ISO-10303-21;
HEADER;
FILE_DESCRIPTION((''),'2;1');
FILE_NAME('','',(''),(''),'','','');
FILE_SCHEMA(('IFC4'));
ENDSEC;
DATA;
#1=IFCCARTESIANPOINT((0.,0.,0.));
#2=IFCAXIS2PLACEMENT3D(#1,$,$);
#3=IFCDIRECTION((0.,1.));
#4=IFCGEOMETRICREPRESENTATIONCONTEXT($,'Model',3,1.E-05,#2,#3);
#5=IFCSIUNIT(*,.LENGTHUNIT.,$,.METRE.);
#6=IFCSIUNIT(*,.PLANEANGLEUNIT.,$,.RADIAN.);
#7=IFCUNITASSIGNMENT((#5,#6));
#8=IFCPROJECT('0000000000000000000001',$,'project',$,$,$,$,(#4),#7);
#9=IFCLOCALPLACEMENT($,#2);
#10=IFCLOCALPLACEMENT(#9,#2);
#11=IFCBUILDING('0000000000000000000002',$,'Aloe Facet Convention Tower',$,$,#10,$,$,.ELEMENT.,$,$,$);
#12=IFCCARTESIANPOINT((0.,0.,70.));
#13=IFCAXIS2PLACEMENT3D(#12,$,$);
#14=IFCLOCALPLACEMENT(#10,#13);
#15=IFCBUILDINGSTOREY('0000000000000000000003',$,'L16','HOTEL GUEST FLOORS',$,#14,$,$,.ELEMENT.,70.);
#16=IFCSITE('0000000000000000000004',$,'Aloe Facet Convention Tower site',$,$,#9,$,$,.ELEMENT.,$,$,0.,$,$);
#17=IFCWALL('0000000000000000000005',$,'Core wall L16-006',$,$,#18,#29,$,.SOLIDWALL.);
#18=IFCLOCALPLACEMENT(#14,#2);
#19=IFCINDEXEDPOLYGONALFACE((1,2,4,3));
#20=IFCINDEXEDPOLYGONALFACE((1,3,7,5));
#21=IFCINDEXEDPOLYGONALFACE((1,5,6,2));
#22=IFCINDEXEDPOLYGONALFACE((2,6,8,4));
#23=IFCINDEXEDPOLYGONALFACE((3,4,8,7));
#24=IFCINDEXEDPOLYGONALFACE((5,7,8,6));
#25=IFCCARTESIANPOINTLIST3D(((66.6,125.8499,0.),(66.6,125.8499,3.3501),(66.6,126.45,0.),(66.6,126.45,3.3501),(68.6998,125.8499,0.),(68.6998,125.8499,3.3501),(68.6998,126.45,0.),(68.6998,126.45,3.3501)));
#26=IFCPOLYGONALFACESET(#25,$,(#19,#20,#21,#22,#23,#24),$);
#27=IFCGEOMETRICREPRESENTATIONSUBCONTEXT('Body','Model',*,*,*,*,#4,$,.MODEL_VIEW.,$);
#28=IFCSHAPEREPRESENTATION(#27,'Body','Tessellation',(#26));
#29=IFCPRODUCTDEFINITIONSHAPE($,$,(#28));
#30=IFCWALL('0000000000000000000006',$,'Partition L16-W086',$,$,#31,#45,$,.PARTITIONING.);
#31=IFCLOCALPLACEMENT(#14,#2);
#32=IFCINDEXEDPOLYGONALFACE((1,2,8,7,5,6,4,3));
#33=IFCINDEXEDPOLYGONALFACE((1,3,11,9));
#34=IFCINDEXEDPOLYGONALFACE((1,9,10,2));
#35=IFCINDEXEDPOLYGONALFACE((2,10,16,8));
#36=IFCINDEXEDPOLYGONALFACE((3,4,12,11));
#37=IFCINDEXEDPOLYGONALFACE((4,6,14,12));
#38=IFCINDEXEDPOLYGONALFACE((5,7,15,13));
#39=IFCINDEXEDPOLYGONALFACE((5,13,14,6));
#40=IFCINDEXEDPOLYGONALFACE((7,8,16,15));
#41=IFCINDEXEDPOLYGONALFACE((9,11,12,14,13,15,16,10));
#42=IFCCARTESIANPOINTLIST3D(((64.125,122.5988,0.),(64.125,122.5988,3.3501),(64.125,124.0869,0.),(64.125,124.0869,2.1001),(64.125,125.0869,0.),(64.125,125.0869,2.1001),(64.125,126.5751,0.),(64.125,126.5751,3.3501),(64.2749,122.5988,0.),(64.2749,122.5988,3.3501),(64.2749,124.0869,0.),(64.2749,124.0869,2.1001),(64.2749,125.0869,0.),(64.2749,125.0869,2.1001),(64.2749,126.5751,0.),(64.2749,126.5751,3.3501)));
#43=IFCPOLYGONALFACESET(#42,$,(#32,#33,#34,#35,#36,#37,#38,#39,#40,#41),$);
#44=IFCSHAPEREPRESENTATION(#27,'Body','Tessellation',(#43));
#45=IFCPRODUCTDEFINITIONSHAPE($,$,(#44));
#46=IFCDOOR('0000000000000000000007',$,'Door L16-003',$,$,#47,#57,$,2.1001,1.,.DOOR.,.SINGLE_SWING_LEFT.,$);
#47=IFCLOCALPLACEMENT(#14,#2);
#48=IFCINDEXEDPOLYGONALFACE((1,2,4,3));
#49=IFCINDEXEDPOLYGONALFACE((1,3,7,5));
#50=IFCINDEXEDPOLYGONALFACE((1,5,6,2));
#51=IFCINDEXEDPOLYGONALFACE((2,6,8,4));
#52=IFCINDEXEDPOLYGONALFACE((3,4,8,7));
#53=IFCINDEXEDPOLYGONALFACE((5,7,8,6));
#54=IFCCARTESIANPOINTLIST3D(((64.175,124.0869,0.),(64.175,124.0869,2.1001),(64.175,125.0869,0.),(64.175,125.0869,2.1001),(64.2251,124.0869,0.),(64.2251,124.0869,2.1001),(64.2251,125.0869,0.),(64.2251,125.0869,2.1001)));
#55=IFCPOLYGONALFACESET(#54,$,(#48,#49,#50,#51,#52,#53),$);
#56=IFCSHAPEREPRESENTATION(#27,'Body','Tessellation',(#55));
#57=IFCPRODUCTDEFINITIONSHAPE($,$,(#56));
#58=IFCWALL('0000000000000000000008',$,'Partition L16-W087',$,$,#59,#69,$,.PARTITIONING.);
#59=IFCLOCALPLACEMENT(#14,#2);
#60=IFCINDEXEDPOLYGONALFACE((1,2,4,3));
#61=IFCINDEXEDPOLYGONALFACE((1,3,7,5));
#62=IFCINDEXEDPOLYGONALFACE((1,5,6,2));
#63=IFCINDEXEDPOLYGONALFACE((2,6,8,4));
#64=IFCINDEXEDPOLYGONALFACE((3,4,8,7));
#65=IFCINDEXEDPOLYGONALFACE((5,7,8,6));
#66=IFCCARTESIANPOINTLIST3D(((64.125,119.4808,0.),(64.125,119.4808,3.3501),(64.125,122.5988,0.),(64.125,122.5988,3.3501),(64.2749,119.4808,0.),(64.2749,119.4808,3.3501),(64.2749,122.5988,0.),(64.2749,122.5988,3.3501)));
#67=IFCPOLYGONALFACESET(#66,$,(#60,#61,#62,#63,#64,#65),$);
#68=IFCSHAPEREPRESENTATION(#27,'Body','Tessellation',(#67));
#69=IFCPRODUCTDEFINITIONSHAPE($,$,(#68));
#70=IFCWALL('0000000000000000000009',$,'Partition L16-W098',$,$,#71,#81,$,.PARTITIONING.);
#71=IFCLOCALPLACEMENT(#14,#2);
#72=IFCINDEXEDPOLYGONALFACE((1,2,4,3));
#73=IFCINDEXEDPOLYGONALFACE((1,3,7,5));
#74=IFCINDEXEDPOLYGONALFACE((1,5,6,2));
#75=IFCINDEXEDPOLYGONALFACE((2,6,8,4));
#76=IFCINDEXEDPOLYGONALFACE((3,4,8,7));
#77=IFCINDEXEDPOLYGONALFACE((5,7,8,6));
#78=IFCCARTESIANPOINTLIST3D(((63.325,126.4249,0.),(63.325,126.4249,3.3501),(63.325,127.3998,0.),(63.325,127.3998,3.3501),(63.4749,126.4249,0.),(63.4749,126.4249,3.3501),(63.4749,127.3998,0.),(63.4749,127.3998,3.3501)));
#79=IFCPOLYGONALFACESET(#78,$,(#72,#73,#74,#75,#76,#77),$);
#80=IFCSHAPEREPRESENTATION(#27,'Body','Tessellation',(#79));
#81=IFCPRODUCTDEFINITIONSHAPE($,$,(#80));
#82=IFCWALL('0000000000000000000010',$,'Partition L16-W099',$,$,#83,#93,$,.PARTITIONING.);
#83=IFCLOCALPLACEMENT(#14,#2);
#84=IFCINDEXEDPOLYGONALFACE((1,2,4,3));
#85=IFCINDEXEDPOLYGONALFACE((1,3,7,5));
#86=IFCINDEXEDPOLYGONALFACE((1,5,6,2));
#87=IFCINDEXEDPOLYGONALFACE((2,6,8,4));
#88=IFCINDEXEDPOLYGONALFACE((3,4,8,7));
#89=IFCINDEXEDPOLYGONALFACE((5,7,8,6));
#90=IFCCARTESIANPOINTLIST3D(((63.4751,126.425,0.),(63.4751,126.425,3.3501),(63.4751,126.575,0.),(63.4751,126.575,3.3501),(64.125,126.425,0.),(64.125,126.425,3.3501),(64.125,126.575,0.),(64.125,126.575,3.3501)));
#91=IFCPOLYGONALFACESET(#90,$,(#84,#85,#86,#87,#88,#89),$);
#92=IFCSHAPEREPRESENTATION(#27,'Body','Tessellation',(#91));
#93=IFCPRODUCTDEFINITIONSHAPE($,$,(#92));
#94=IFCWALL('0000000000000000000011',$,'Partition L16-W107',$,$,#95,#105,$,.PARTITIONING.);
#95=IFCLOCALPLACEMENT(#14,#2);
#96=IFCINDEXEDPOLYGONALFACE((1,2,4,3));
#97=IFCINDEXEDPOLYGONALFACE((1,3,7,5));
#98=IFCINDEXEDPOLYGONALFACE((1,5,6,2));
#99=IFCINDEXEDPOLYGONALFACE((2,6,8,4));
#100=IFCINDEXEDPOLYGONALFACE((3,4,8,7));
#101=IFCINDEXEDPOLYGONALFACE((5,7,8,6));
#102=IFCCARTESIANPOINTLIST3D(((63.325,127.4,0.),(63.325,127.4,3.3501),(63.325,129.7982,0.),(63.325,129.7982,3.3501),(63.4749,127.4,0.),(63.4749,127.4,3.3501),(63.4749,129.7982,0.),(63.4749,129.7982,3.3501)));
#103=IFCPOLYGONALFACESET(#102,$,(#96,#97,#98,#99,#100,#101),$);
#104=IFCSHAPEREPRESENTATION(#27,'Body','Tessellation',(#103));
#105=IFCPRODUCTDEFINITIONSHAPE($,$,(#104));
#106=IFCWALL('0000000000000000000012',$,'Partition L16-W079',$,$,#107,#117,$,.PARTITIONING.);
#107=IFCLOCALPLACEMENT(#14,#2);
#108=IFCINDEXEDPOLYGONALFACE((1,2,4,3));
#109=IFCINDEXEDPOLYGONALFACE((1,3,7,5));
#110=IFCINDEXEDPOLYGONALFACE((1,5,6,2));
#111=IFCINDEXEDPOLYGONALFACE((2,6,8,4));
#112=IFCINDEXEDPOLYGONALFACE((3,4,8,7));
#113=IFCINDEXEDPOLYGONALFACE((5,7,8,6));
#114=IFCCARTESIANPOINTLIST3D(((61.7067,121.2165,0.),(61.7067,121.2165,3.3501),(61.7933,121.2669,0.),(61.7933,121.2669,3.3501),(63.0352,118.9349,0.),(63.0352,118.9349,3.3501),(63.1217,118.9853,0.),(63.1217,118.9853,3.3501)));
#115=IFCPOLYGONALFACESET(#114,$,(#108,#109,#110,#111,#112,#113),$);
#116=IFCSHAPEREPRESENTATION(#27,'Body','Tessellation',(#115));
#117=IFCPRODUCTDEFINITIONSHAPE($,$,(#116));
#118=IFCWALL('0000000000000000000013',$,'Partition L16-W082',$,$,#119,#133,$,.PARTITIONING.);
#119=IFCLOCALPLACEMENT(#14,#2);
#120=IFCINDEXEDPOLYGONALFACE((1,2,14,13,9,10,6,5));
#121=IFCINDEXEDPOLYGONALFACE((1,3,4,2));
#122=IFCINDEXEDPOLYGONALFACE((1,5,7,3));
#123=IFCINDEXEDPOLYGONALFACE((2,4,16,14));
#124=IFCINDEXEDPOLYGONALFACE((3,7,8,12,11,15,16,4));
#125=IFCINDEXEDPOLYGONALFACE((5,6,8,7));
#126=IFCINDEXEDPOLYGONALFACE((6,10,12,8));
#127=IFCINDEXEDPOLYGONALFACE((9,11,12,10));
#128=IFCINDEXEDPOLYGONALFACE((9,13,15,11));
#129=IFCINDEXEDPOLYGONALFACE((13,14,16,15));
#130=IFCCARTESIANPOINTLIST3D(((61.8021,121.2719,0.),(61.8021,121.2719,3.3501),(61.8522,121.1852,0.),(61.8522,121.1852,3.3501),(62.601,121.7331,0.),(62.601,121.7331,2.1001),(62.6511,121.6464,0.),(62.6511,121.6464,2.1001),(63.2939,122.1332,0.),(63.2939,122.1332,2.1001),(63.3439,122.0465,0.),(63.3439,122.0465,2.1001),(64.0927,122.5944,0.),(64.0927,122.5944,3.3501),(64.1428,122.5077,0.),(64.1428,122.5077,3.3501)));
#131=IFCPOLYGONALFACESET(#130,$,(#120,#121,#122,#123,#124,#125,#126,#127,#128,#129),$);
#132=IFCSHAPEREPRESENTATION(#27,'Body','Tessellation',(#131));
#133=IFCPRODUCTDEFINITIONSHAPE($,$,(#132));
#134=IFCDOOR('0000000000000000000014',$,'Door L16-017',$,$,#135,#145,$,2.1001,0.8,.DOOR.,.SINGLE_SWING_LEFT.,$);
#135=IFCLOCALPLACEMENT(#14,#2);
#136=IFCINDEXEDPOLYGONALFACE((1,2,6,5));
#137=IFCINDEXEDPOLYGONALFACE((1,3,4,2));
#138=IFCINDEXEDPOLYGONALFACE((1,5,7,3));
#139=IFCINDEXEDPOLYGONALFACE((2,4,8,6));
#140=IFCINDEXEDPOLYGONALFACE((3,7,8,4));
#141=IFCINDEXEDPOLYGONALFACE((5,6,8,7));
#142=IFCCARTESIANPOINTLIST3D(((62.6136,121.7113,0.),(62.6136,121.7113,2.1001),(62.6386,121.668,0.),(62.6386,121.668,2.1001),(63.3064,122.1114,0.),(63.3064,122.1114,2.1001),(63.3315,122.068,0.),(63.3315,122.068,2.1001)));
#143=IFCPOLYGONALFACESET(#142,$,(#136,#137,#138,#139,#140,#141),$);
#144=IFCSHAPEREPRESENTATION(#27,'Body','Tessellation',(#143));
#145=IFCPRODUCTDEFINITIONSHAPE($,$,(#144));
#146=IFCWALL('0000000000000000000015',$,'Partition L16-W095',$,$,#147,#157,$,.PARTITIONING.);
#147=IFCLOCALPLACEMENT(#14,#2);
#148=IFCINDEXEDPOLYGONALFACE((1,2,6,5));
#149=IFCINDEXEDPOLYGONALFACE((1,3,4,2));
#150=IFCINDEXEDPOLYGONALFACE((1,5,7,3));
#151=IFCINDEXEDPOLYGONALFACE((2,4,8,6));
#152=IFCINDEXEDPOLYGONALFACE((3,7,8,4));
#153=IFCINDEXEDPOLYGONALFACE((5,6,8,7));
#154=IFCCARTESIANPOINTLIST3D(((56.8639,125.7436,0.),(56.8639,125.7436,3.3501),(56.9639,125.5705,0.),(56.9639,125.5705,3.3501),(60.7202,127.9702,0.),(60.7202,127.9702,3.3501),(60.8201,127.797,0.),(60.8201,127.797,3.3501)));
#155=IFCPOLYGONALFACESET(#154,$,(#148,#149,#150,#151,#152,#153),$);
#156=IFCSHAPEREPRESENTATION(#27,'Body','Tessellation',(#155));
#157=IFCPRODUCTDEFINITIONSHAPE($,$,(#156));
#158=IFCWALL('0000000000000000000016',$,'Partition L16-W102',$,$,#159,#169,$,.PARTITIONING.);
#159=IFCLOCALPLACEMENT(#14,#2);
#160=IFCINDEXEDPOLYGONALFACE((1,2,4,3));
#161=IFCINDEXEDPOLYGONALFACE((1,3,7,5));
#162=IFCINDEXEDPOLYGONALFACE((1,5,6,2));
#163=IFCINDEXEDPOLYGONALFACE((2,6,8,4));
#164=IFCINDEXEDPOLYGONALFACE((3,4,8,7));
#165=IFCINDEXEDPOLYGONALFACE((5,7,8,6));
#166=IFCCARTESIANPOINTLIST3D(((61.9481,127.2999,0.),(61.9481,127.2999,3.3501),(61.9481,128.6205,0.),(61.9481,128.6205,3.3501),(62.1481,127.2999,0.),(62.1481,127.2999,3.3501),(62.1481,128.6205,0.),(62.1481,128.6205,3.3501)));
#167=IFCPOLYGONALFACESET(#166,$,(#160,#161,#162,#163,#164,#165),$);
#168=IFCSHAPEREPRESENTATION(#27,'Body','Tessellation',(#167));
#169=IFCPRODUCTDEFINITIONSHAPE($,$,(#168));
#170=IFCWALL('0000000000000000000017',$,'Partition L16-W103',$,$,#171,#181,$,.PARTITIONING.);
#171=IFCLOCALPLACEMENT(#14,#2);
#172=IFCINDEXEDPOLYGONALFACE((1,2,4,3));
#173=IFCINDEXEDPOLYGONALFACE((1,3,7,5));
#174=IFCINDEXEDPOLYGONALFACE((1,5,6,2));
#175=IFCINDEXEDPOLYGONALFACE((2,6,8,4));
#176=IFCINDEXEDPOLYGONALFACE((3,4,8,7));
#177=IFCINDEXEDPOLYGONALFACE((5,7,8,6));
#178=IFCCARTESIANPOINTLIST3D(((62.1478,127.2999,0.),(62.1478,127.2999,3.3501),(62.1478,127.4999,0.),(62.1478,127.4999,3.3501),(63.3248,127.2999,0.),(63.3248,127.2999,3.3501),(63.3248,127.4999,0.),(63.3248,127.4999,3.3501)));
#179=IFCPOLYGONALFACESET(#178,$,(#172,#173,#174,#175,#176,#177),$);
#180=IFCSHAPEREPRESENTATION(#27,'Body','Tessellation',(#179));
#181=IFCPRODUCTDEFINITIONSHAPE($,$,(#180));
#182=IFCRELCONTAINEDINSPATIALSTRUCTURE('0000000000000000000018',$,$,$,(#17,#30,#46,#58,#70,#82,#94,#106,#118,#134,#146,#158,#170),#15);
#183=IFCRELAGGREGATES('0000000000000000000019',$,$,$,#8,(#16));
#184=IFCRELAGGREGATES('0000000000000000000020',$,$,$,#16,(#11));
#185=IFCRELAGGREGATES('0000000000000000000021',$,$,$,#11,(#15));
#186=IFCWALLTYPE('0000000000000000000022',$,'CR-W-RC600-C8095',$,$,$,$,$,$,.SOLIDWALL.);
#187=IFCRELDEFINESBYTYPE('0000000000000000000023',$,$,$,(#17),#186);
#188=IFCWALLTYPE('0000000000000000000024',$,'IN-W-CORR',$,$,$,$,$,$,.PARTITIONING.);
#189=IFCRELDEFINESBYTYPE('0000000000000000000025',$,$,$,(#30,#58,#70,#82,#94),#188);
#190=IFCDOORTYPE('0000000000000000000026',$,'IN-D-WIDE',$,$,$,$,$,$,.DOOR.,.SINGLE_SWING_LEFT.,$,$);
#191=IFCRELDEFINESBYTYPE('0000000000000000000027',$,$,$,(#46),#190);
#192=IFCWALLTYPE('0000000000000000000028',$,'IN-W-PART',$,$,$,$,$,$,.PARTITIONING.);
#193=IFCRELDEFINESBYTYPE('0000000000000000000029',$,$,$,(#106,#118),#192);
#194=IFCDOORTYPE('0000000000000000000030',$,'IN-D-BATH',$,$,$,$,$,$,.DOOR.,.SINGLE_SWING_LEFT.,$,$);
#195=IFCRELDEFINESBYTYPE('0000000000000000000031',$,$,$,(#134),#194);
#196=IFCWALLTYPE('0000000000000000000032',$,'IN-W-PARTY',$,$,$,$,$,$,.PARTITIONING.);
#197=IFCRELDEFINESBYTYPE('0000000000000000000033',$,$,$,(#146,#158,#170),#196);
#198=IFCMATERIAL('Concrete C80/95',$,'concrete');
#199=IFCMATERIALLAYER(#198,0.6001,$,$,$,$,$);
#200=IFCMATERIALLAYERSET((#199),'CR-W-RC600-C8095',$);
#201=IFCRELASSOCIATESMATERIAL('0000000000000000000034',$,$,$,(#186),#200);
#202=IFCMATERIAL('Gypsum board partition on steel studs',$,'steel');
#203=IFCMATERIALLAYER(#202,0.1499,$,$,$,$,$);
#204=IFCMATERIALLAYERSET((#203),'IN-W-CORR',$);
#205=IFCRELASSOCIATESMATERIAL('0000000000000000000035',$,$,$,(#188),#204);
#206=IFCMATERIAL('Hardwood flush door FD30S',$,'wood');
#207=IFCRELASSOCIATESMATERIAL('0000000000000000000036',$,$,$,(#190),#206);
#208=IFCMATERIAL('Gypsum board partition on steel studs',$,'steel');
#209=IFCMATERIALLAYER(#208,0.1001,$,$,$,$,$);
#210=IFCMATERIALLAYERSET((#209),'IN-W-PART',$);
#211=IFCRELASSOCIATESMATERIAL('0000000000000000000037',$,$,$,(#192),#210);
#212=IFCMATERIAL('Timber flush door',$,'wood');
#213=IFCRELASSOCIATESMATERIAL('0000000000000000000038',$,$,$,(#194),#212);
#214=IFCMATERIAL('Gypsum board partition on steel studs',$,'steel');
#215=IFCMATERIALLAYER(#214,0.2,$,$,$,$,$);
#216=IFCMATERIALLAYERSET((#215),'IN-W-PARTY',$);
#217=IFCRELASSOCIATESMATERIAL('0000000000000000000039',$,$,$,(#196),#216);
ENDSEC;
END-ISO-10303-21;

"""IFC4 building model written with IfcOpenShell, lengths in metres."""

from ifc_helpers import new_model, si_unit, direction, frame, frame_2d, origin, place, context, subcontext, project, spatial, rectangle, extrude, material, layer, layer_set, type_object, element, fill, save


model = new_model("IFC4")

# Units and contexts
model_context = context("Model", 3, precision=1e-05, world=origin(), true_north=direction((0.0, 1.0)))
body_context = subcontext(model_context, "Body", "Model", "MODEL_VIEW")
ifc_project = project(units=[si_unit("LENGTHUNIT", "METRE"), si_unit("PLANEANGLEUNIT", "RADIAN")], contexts=[model_context])

# Site, building, storey
site_placement = place(None, origin())
site = spatial("IfcSite", under=ifc_project, at=site_placement, Name="Aloe Facet Convention Tower site", CompositionType="ELEMENT", RefElevation=0.0)
building_placement = place(site_placement, origin())
building = spatial("IfcBuilding", under=site, at=building_placement, Name="Aloe Facet Convention Tower", CompositionType="ELEMENT")
storey_placement = place(building_placement, frame((0.0, 0.0, 70.0)))
storey = spatial("IfcBuildingStorey", under=building, at=storey_placement, Name="L16", Description="HOTEL GUEST FLOORS", CompositionType="ELEMENT", Elevation=70.0)

# Shared definitions
ifc_material_1 = material(Name="Concrete C80/95", Category="concrete")
ifc_layer_1 = layer(ifc_material_1, 0.6001)
ifc_layer_set_1 = layer_set([ifc_layer_1], Name="CR-W-RC600-C8095")
wall_type_1 = type_object("IfcWallType", Name="CR-W-RC600-C8095", PredefinedType="SOLIDWALL", material=ifc_layer_set_1)

# Wall
wall_1_placement = place(storey_placement, frame((66.6001, 126.1499, 0.0), z_axis=(0.0, 0.0, 1.0), x_axis=(1.0, 0.0, 0.0)))
element("IfcWall", 1, at=wall_1_placement, inside=storey, type_object=wall_type_1, Name="Core wall L16-006", PredefinedType="SOLIDWALL", context=body_context, shape_type="SweptSolid", body=[
    extrude(rectangle(XDim=2.0999, YDim=0.6001, at=frame_2d((1.0498, 0.0))), origin(), (0.0, 0.0, 1.0), 3.3501),
])

# Wall, opening, door
ifc_material_2 = material(Name="Gypsum board partition on steel studs", Category="steel")
ifc_layer_2 = layer(ifc_material_2, 0.1499)
ifc_layer_set_2 = layer_set([ifc_layer_2], Name="IN-W-CORR")
wall_type_2 = type_object("IfcWallType", Name="IN-W-CORR", PredefinedType="PARTITIONING", material=ifc_layer_set_2)
wall_2_placement = place(storey_placement, frame((64.2, 122.5986, 0.0), z_axis=(0.0, 0.0, 1.0), x_axis=(0.0, 1.0, 0.0)))
wall_2 = element("IfcWall", 2, at=wall_2_placement, inside=storey, type_object=wall_type_2, Name="Partition L16-W086", PredefinedType="PARTITIONING", context=body_context, shape_type="SweptSolid", body=[
    extrude(rectangle(XDim=3.9763, YDim=0.1499, at=frame_2d((1.9883, 0.0))), origin(), (0.0, 0.0, 1.0), 3.3501),
])
opening_1_placement = place(wall_2_placement, frame((1.4883, 0.0, 0.0)))
opening_1 = element("IfcOpeningElement", 3, at=opening_1_placement, cuts=wall_2, PredefinedType="OPENING", context=body_context, shape_type="SweptSolid", body=[
    extrude(rectangle(XDim=1.0, YDim=2.1001, at=frame_2d((0.5, 1.05))), frame((0.0, 0.085, 0.0), z_axis=(0.0, -1.0, 0.0), x_axis=(1.0, 0.0, 0.0)), (0.0, 0.0, 1.0), 0.1699),
])
ifc_material_3 = material(Name="Hardwood flush door FD30S", Category="wood")
door_type_1 = type_object("IfcDoorType", Name="IN-D-WIDE", OperationType="SINGLE_SWING_LEFT", PredefinedType="DOOR", material=ifc_material_3)
door_1_placement = place(opening_1_placement, origin())
door_1 = element("IfcDoor", 4, at=door_1_placement, inside=storey, type_object=door_type_1, Name="Door L16-003", OperationType="SINGLE_SWING_LEFT", OverallHeight=2.1001, OverallWidth=1.0, PredefinedType="DOOR", context=body_context, shape_type="SweptSolid", body=[
    extrude(rectangle(XDim=1.0, YDim=2.1001, at=frame_2d((0.5, 1.05))), frame((0.0, 0.0249, 0.0), z_axis=(0.0, -1.0, 0.0), x_axis=(1.0, 0.0, 0.0)), (0.0, 0.0, 1.0), 0.05),
])
fill(opening_1, door_1)

# Walls
wall_3_placement = place(storey_placement, frame((64.2, 119.4807, 0.0), z_axis=(0.0, 0.0, 1.0), x_axis=(0.0, 1.0, 0.0)))
element("IfcWall", 5, at=wall_3_placement, inside=storey, type_object=wall_type_2, Name="Partition L16-W087", PredefinedType="PARTITIONING", context=body_context, shape_type="SweptSolid", body=[
    extrude(rectangle(XDim=3.1179, YDim=0.1499, at=frame_2d((1.5591, 0.0))), origin(), (0.0, 0.0, 1.0), 3.3501),
])
wall_4_placement = place(storey_placement, frame((63.3999, 126.425, 0.0), z_axis=(0.0, 0.0, 1.0), x_axis=(0.0, 1.0, 0.0)))
element("IfcWall", 6, at=wall_4_placement, inside=storey, type_object=wall_type_2, Name="Partition L16-W098", PredefinedType="PARTITIONING", context=body_context, shape_type="SweptSolid", body=[
    extrude(rectangle(XDim=0.9749, YDim=0.1499, at=frame_2d((0.4873, 0.0))), origin(), (0.0, 0.0, 1.0), 3.3501),
])
wall_5_placement = place(storey_placement, frame((63.4751, 126.5, 0.0), z_axis=(0.0, 0.0, 1.0), x_axis=(1.0, 0.0, 0.0)))
element("IfcWall", 7, at=wall_5_placement, inside=storey, type_object=wall_type_2, Name="Partition L16-W099", PredefinedType="PARTITIONING", context=body_context, shape_type="SweptSolid", body=[
    extrude(rectangle(XDim=0.6499, YDim=0.1499, at=frame_2d((0.325, 0.0))), origin(), (0.0, 0.0, 1.0), 3.3501),
])
wall_6_placement = place(storey_placement, frame((63.3999, 127.3999, 0.0), z_axis=(0.0, 0.0, 1.0), x_axis=(0.0, 1.0, 0.0)))
element("IfcWall", 8, at=wall_6_placement, inside=storey, type_object=wall_type_2, Name="Partition L16-W107", PredefinedType="PARTITIONING", context=body_context, shape_type="SweptSolid", body=[
    extrude(rectangle(XDim=2.3982, YDim=0.1499, at=frame_2d((1.1992, 0.0))), origin(), (0.0, 0.0, 1.0), 3.3501),
])
ifc_material_4 = material(Name="Gypsum board partition on steel studs", Category="steel")
ifc_layer_3 = layer(ifc_material_4, 0.1001)
ifc_layer_set_3 = layer_set([ifc_layer_3], Name="IN-W-PART")
wall_type_3 = type_object("IfcWallType", Name="IN-W-PART", PredefinedType="PARTITIONING", material=ifc_layer_set_3)
wall_7_placement = place(storey_placement, frame((61.75, 121.2417, 0.0), z_axis=(0.0, 0.0, 1.0), x_axis=(0.503164, -0.864191, 0.0)))
element("IfcWall", 9, at=wall_7_placement, inside=storey, type_object=wall_type_3, Name="Partition L16-W079", PredefinedType="PARTITIONING", context=body_context, shape_type="SweptSolid", body=[
    extrude(rectangle(XDim=2.6401, YDim=0.1001, at=frame_2d((1.3201, 0.0))), origin(), (0.0, 0.0, 1.0), 3.3501),
])

# Wall, opening, door
wall_8_placement = place(storey_placement, frame((61.8271, 121.2285, 0.0), z_axis=(0.0, 0.0, 1.0), x_axis=(0.866013, 0.500021, 0.0)))
wall_8 = element("IfcWall", 10, at=wall_8_placement, inside=storey, type_object=wall_type_3, Name="Partition L16-W082", PredefinedType="PARTITIONING", context=body_context, shape_type="SweptSolid", body=[
    extrude(rectangle(XDim=2.645, YDim=0.1001, at=frame_2d((1.3225, 0.0))), origin(), (0.0, 0.0, 1.0), 3.3501),
])
opening_2_placement = place(wall_8_placement, frame((0.9226, 0.0, 0.0)))
opening_2 = element("IfcOpeningElement", 11, at=opening_2_placement, cuts=wall_8, PredefinedType="OPENING", context=body_context, shape_type="SweptSolid", body=[
    extrude(rectangle(XDim=0.8, YDim=2.1001, at=frame_2d((0.3999, 1.05))), frame((0.0, 0.0601, 0.0), z_axis=(0.0, -1.0, 0.0), x_axis=(1.0, 0.0, 0.0)), (0.0, 0.0, 1.0), 0.1201),
])
ifc_material_5 = material(Name="Timber flush door", Category="wood")
door_type_2 = type_object("IfcDoorType", Name="IN-D-BATH", OperationType="SINGLE_SWING_LEFT", PredefinedType="DOOR", material=ifc_material_5)
door_2_placement = place(opening_2_placement, origin())
door_2 = element("IfcDoor", 12, at=door_2_placement, inside=storey, type_object=door_type_2, Name="Door L16-017", OperationType="SINGLE_SWING_LEFT", OverallHeight=2.1001, OverallWidth=0.8, PredefinedType="DOOR", context=body_context, shape_type="SweptSolid", body=[
    extrude(rectangle(XDim=0.8, YDim=2.1001, at=frame_2d((0.3999, 1.05))), frame((0.0, 0.0249, 0.0), z_axis=(0.0, -1.0, 0.0), x_axis=(1.0, 0.0, 0.0)), (0.0, 0.0, 1.0), 0.05),
])
fill(opening_2, door_2)

# Walls
ifc_material_6 = material(Name="Gypsum board partition on steel studs", Category="steel")
ifc_layer_4 = layer(ifc_material_6, 0.2)
ifc_layer_set_4 = layer_set([ifc_layer_4], Name="IN-W-PARTY")
wall_type_4 = type_object("IfcWallType", Name="IN-W-PARTY", PredefinedType="PARTITIONING", material=ifc_layer_set_4)
wall_9_placement = place(storey_placement, frame((56.9138, 125.657, 0.0), z_axis=(0.0, 0.0, 1.0), x_axis=(0.866008, 0.500031, 0.0)))
element("IfcWall", 13, at=wall_9_placement, inside=storey, type_object=wall_type_4, Name="Partition L16-W095", PredefinedType="PARTITIONING", context=body_context, shape_type="SweptSolid", body=[
    extrude(rectangle(XDim=4.4529, YDim=0.2, at=frame_2d((2.2266, 0.0))), origin(), (0.0, 0.0, 1.0), 3.3501),
])
wall_10_placement = place(storey_placement, frame((62.0481, 127.3, 0.0), z_axis=(0.0, 0.0, 1.0), x_axis=(0.0, 1.0, 0.0)))
element("IfcWall", 14, at=wall_10_placement, inside=storey, type_object=wall_type_4, Name="Partition L16-W102", PredefinedType="PARTITIONING", context=body_context, shape_type="SweptSolid", body=[
    extrude(rectangle(XDim=1.3206, YDim=0.2, at=frame_2d((0.6602, 0.0))), origin(), (0.0, 0.0, 1.0), 3.3501),
])
wall_11_placement = place(storey_placement, frame((62.1479, 127.3999, 0.0), z_axis=(0.0, 0.0, 1.0), x_axis=(1.0, 0.0, 0.0)))
element("IfcWall", 15, at=wall_11_placement, inside=storey, type_object=wall_type_4, Name="Partition L16-W103", PredefinedType="PARTITIONING", context=body_context, shape_type="SweptSolid", body=[
    extrude(rectangle(XDim=1.177, YDim=0.2, at=frame_2d((0.5884, 0.0))), origin(), (0.0, 0.0, 1.0), 3.3501),
])

save(model, "model.ifc")
